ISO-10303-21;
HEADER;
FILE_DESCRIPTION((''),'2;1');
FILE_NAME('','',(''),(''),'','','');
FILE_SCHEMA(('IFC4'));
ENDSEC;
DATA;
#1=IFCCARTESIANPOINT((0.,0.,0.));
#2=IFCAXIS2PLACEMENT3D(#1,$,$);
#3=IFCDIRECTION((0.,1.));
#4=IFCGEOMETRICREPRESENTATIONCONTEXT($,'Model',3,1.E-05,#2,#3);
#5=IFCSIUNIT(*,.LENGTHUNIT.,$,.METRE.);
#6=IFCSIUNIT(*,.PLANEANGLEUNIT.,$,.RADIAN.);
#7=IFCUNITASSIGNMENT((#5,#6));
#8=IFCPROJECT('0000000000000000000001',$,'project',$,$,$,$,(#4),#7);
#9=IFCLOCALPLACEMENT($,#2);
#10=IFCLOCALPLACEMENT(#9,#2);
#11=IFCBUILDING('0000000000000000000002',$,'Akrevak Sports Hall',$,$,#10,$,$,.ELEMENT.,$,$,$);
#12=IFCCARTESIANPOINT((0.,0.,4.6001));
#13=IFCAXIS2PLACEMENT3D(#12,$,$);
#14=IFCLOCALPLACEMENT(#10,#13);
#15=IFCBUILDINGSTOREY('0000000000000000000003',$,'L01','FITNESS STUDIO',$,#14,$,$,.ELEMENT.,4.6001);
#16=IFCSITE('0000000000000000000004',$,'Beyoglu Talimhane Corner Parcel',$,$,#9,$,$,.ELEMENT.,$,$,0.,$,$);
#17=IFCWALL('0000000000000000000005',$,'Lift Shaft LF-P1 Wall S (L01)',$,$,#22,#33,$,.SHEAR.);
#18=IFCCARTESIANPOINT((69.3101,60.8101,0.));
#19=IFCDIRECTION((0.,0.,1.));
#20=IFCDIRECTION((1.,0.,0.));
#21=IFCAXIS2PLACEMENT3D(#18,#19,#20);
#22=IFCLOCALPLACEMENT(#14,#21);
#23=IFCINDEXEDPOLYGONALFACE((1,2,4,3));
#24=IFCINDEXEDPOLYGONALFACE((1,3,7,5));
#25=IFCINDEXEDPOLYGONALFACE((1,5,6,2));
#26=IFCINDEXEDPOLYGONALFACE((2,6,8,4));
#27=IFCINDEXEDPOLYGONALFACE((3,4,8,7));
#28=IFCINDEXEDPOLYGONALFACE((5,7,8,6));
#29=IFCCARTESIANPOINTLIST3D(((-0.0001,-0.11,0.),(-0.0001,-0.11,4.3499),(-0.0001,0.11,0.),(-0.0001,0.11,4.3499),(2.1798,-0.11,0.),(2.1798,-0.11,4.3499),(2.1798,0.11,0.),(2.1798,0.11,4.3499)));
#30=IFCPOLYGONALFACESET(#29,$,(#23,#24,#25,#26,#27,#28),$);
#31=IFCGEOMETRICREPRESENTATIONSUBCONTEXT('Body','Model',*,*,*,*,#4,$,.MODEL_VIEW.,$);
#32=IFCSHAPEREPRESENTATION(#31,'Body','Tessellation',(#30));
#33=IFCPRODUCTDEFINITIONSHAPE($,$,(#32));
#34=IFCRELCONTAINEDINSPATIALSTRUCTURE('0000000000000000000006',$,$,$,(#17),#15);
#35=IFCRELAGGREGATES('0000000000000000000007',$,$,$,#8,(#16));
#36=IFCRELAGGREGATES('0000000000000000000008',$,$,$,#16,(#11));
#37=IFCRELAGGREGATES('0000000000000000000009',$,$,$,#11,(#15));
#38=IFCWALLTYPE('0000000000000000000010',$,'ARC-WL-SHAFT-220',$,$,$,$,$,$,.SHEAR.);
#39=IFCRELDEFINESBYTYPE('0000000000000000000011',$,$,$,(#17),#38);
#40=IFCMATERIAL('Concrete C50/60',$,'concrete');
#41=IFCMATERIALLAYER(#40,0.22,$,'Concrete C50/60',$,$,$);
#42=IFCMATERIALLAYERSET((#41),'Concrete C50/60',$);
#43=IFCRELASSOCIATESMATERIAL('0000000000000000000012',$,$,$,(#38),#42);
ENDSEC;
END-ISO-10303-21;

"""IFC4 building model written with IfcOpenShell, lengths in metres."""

from ifc_helpers import new_model, si_unit, direction, frame, frame_2d, origin, place, context, subcontext, project, spatial, rectangle, extrude, material, layer, layer_set, type_object, element, save


model = new_model("IFC4")

# Units and contexts
model_context = context("Model", 3, precision=1e-05, world=origin(), true_north=direction((0.0, 1.0)))
body_context = subcontext(model_context, "Body", "Model", "MODEL_VIEW")
ifc_project = project(units=[si_unit("LENGTHUNIT", "METRE"), si_unit("PLANEANGLEUNIT", "RADIAN")], contexts=[model_context])

# Site, building, storey
site_placement = place(None, origin())
site = spatial("IfcSite", under=ifc_project, at=site_placement, Name="Beyoglu Talimhane Corner Parcel", CompositionType="ELEMENT", RefElevation=0.0)
building_placement = place(site_placement, origin())
building = spatial("IfcBuilding", under=site, at=building_placement, Name="Akrevak Sports Hall", CompositionType="ELEMENT")
storey_placement = place(building_placement, frame((0.0, 0.0, 4.6001)))
storey = spatial("IfcBuildingStorey", under=building, at=storey_placement, Name="L01", Description="FITNESS STUDIO", CompositionType="ELEMENT", Elevation=4.6001)

# Shared definitions
ifc_material_1 = material(Name="Concrete C50/60", Category="concrete")

# Wall
ifc_layer_1 = layer(ifc_material_1, 0.22, Name="Concrete C50/60")
ifc_layer_set_1 = layer_set([ifc_layer_1], Name="Concrete C50/60")
wall_type_1 = type_object("IfcWallType", Name="ARC-WL-SHAFT-220", PredefinedType="SHEAR", material=ifc_layer_set_1)
wall_1_placement = place(storey_placement, frame((69.3101, 60.8101, 0.0), z_axis=(0.0, 0.0, 1.0), x_axis=(1.0, 0.0, 0.0)))
element("IfcWall", 1, at=wall_1_placement, inside=storey, type_object=wall_type_1, Name="Lift Shaft LF-P1 Wall S (L01)", PredefinedType="SHEAR", context=body_context, shape_type="SweptSolid", body=[
    extrude(rectangle(XDim=2.1799, YDim=0.22, at=frame_2d((1.0898, 0.0))), origin(), (0.0, 0.0, 1.0), 4.3499),
])

save(model, "model.ifc")
